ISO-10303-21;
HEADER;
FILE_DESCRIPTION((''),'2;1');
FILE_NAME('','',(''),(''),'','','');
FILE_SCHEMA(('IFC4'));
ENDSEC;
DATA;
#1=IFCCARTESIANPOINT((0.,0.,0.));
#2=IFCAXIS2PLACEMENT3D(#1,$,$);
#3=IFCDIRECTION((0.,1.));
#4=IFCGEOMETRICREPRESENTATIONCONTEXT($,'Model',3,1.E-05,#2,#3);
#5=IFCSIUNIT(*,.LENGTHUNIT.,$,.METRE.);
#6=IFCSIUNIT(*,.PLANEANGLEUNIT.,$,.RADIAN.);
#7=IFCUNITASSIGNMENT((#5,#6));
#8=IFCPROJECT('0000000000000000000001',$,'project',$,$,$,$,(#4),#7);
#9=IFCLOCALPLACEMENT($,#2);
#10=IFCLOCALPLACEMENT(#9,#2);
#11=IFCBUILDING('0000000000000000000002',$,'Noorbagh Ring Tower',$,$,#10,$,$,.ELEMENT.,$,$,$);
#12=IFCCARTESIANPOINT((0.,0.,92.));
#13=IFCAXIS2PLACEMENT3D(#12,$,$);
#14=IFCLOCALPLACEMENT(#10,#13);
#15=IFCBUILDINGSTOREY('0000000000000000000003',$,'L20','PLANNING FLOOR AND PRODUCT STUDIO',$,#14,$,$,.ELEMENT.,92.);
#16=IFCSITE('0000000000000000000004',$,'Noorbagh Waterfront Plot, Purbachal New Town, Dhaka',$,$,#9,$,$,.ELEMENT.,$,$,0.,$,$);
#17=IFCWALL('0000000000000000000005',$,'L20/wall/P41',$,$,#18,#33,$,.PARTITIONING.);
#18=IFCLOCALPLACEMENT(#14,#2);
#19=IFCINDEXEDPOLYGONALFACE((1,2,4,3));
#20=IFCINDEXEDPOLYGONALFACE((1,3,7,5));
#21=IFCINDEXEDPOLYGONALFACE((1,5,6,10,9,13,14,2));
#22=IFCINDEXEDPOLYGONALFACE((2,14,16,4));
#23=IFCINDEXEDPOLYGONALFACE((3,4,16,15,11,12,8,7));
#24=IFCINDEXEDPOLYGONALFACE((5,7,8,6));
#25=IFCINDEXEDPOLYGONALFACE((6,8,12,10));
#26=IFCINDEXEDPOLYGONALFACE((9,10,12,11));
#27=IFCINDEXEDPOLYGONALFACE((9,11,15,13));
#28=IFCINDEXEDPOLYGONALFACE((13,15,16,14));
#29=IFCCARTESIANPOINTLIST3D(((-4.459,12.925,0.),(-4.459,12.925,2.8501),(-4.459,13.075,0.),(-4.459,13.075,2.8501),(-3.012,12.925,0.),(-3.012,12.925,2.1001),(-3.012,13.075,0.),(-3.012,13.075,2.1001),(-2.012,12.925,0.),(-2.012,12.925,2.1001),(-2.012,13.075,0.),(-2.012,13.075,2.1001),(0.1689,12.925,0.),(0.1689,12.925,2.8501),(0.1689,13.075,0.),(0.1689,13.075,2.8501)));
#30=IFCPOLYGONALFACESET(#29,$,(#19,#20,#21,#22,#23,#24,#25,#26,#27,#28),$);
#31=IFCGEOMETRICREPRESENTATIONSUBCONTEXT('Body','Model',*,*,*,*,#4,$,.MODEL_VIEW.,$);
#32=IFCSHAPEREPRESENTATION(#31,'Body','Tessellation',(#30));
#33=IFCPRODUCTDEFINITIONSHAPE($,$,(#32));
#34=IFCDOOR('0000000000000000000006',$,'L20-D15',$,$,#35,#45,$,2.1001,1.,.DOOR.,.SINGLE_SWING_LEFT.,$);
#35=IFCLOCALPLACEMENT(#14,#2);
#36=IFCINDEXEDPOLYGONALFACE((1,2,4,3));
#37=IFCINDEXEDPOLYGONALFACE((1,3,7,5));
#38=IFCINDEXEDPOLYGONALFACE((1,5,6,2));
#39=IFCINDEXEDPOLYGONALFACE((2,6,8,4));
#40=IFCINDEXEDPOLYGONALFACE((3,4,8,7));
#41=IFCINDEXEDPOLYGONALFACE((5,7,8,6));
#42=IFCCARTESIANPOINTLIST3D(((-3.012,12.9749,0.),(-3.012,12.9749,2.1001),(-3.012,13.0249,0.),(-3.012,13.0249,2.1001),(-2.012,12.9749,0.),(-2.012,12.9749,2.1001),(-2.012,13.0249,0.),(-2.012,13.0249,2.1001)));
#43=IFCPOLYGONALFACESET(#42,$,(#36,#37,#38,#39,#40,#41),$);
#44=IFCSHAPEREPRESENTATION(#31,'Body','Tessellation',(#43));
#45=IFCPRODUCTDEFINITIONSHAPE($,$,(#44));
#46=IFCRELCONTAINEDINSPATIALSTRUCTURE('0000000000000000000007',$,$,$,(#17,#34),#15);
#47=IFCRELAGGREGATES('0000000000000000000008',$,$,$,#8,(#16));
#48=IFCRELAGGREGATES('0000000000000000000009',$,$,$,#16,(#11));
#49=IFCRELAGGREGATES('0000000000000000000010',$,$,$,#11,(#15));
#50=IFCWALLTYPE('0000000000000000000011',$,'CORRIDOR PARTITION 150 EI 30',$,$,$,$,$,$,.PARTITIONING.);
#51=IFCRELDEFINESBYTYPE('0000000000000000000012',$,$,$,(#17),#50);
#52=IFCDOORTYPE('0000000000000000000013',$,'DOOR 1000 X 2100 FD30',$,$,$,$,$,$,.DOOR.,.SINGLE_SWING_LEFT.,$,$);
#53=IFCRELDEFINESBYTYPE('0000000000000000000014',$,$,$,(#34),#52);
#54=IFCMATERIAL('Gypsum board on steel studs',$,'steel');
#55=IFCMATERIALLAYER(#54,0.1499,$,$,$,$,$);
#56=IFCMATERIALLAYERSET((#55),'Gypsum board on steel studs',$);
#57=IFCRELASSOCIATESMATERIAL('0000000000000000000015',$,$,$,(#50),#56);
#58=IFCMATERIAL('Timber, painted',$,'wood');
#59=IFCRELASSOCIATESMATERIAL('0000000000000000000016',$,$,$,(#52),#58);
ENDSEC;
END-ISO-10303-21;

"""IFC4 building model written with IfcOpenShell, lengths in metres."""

from ifc_helpers import new_model, si_unit, direction, frame, frame_2d, origin, place, context, subcontext, project, spatial, rectangle, extrude, material, layer, layer_set, type_object, element, fill, save


model = new_model("IFC4")

# Units and contexts
model_context = context("Model", 3, precision=1e-05, world=origin(), true_north=direction((0.0, 1.0)))
body_context = subcontext(model_context, "Body", "Model", "MODEL_VIEW")
ifc_project = project(units=[si_unit("LENGTHUNIT", "METRE"), si_unit("PLANEANGLEUNIT", "RADIAN")], contexts=[model_context])

# Site, building, storey
site_placement = place(None, origin())
site = spatial("IfcSite", under=ifc_project, at=site_placement, Name="Noorbagh Waterfront Plot, Purbachal New Town, Dhaka", CompositionType="ELEMENT", RefElevation=0.0)
building_placement = place(site_placement, origin())
building = spatial("IfcBuilding", under=site, at=building_placement, Name="Noorbagh Ring Tower", CompositionType="ELEMENT")
storey_placement = place(building_placement, frame((0.0, 0.0, 92.0)))
storey = spatial("IfcBuildingStorey", under=building, at=storey_placement, Name="L20", Description="PLANNING FLOOR AND PRODUCT STUDIO", CompositionType="ELEMENT", Elevation=92.0)

# Wall, opening, door
ifc_material_1 = material(Name="Gypsum board on steel studs", Category="steel")
ifc_layer_1 = layer(ifc_material_1, 0.1499)
ifc_layer_set_1 = layer_set([ifc_layer_1], Name="Gypsum board on steel studs")
wall_type = type_object("IfcWallType", Name="CORRIDOR PARTITION 150 EI 30", PredefinedType="PARTITIONING", material=ifc_layer_set_1)
wall_placement = place(storey_placement, frame((-4.459, 13.0, 0.0), z_axis=(0.0, 0.0, 1.0), x_axis=(1.0, 0.0, 0.0)))
wall = element("IfcWall", 1, at=wall_placement, inside=storey, type_object=wall_type, Name="L20/wall/P41", PredefinedType="PARTITIONING", context=body_context, shape_type="SweptSolid", body=[
    extrude(rectangle(XDim=4.6279, YDim=0.1499, at=frame_2d((2.314, 0.0))), origin(), (0.0, 0.0, 1.0), 2.8501),
])
opening_placement = place(wall_placement, frame((1.447, 0.0, 0.0)))
opening = element("IfcOpeningElement", 2, at=opening_placement, cuts=wall, PredefinedType="OPENING", context=body_context, shape_type="SweptSolid", body=[
    extrude(rectangle(XDim=1.0, YDim=2.1001, at=frame_2d((0.5, 1.05))), frame((0.0, 0.085, 0.0), z_axis=(0.0, -1.0, 0.0), x_axis=(1.0, 0.0, 0.0)), (0.0, 0.0, 1.0), 0.1699),
])
ifc_material_2 = material(Name="Timber, painted", Category="wood")
door_type = type_object("IfcDoorType", Name="DOOR 1000 X 2100 FD30", OperationType="SINGLE_SWING_LEFT", PredefinedType="DOOR", material=ifc_material_2)
door_placement = place(opening_placement, origin())
door = element("IfcDoor", 3, at=door_placement, inside=storey, type_object=door_type, Name="L20-D15", OperationType="SINGLE_SWING_LEFT", OverallHeight=2.1001, OverallWidth=1.0, PredefinedType="DOOR", context=body_context, shape_type="SweptSolid", body=[
    extrude(rectangle(XDim=1.0, YDim=2.1001, at=frame_2d((0.5, 1.05))), frame((0.0, 0.0249, 0.0), z_axis=(0.0, -1.0, 0.0), x_axis=(1.0, 0.0, 0.0)), (0.0, 0.0, 1.0), 0.05),
])
fill(opening, door)

save(model, "model.ifc")
